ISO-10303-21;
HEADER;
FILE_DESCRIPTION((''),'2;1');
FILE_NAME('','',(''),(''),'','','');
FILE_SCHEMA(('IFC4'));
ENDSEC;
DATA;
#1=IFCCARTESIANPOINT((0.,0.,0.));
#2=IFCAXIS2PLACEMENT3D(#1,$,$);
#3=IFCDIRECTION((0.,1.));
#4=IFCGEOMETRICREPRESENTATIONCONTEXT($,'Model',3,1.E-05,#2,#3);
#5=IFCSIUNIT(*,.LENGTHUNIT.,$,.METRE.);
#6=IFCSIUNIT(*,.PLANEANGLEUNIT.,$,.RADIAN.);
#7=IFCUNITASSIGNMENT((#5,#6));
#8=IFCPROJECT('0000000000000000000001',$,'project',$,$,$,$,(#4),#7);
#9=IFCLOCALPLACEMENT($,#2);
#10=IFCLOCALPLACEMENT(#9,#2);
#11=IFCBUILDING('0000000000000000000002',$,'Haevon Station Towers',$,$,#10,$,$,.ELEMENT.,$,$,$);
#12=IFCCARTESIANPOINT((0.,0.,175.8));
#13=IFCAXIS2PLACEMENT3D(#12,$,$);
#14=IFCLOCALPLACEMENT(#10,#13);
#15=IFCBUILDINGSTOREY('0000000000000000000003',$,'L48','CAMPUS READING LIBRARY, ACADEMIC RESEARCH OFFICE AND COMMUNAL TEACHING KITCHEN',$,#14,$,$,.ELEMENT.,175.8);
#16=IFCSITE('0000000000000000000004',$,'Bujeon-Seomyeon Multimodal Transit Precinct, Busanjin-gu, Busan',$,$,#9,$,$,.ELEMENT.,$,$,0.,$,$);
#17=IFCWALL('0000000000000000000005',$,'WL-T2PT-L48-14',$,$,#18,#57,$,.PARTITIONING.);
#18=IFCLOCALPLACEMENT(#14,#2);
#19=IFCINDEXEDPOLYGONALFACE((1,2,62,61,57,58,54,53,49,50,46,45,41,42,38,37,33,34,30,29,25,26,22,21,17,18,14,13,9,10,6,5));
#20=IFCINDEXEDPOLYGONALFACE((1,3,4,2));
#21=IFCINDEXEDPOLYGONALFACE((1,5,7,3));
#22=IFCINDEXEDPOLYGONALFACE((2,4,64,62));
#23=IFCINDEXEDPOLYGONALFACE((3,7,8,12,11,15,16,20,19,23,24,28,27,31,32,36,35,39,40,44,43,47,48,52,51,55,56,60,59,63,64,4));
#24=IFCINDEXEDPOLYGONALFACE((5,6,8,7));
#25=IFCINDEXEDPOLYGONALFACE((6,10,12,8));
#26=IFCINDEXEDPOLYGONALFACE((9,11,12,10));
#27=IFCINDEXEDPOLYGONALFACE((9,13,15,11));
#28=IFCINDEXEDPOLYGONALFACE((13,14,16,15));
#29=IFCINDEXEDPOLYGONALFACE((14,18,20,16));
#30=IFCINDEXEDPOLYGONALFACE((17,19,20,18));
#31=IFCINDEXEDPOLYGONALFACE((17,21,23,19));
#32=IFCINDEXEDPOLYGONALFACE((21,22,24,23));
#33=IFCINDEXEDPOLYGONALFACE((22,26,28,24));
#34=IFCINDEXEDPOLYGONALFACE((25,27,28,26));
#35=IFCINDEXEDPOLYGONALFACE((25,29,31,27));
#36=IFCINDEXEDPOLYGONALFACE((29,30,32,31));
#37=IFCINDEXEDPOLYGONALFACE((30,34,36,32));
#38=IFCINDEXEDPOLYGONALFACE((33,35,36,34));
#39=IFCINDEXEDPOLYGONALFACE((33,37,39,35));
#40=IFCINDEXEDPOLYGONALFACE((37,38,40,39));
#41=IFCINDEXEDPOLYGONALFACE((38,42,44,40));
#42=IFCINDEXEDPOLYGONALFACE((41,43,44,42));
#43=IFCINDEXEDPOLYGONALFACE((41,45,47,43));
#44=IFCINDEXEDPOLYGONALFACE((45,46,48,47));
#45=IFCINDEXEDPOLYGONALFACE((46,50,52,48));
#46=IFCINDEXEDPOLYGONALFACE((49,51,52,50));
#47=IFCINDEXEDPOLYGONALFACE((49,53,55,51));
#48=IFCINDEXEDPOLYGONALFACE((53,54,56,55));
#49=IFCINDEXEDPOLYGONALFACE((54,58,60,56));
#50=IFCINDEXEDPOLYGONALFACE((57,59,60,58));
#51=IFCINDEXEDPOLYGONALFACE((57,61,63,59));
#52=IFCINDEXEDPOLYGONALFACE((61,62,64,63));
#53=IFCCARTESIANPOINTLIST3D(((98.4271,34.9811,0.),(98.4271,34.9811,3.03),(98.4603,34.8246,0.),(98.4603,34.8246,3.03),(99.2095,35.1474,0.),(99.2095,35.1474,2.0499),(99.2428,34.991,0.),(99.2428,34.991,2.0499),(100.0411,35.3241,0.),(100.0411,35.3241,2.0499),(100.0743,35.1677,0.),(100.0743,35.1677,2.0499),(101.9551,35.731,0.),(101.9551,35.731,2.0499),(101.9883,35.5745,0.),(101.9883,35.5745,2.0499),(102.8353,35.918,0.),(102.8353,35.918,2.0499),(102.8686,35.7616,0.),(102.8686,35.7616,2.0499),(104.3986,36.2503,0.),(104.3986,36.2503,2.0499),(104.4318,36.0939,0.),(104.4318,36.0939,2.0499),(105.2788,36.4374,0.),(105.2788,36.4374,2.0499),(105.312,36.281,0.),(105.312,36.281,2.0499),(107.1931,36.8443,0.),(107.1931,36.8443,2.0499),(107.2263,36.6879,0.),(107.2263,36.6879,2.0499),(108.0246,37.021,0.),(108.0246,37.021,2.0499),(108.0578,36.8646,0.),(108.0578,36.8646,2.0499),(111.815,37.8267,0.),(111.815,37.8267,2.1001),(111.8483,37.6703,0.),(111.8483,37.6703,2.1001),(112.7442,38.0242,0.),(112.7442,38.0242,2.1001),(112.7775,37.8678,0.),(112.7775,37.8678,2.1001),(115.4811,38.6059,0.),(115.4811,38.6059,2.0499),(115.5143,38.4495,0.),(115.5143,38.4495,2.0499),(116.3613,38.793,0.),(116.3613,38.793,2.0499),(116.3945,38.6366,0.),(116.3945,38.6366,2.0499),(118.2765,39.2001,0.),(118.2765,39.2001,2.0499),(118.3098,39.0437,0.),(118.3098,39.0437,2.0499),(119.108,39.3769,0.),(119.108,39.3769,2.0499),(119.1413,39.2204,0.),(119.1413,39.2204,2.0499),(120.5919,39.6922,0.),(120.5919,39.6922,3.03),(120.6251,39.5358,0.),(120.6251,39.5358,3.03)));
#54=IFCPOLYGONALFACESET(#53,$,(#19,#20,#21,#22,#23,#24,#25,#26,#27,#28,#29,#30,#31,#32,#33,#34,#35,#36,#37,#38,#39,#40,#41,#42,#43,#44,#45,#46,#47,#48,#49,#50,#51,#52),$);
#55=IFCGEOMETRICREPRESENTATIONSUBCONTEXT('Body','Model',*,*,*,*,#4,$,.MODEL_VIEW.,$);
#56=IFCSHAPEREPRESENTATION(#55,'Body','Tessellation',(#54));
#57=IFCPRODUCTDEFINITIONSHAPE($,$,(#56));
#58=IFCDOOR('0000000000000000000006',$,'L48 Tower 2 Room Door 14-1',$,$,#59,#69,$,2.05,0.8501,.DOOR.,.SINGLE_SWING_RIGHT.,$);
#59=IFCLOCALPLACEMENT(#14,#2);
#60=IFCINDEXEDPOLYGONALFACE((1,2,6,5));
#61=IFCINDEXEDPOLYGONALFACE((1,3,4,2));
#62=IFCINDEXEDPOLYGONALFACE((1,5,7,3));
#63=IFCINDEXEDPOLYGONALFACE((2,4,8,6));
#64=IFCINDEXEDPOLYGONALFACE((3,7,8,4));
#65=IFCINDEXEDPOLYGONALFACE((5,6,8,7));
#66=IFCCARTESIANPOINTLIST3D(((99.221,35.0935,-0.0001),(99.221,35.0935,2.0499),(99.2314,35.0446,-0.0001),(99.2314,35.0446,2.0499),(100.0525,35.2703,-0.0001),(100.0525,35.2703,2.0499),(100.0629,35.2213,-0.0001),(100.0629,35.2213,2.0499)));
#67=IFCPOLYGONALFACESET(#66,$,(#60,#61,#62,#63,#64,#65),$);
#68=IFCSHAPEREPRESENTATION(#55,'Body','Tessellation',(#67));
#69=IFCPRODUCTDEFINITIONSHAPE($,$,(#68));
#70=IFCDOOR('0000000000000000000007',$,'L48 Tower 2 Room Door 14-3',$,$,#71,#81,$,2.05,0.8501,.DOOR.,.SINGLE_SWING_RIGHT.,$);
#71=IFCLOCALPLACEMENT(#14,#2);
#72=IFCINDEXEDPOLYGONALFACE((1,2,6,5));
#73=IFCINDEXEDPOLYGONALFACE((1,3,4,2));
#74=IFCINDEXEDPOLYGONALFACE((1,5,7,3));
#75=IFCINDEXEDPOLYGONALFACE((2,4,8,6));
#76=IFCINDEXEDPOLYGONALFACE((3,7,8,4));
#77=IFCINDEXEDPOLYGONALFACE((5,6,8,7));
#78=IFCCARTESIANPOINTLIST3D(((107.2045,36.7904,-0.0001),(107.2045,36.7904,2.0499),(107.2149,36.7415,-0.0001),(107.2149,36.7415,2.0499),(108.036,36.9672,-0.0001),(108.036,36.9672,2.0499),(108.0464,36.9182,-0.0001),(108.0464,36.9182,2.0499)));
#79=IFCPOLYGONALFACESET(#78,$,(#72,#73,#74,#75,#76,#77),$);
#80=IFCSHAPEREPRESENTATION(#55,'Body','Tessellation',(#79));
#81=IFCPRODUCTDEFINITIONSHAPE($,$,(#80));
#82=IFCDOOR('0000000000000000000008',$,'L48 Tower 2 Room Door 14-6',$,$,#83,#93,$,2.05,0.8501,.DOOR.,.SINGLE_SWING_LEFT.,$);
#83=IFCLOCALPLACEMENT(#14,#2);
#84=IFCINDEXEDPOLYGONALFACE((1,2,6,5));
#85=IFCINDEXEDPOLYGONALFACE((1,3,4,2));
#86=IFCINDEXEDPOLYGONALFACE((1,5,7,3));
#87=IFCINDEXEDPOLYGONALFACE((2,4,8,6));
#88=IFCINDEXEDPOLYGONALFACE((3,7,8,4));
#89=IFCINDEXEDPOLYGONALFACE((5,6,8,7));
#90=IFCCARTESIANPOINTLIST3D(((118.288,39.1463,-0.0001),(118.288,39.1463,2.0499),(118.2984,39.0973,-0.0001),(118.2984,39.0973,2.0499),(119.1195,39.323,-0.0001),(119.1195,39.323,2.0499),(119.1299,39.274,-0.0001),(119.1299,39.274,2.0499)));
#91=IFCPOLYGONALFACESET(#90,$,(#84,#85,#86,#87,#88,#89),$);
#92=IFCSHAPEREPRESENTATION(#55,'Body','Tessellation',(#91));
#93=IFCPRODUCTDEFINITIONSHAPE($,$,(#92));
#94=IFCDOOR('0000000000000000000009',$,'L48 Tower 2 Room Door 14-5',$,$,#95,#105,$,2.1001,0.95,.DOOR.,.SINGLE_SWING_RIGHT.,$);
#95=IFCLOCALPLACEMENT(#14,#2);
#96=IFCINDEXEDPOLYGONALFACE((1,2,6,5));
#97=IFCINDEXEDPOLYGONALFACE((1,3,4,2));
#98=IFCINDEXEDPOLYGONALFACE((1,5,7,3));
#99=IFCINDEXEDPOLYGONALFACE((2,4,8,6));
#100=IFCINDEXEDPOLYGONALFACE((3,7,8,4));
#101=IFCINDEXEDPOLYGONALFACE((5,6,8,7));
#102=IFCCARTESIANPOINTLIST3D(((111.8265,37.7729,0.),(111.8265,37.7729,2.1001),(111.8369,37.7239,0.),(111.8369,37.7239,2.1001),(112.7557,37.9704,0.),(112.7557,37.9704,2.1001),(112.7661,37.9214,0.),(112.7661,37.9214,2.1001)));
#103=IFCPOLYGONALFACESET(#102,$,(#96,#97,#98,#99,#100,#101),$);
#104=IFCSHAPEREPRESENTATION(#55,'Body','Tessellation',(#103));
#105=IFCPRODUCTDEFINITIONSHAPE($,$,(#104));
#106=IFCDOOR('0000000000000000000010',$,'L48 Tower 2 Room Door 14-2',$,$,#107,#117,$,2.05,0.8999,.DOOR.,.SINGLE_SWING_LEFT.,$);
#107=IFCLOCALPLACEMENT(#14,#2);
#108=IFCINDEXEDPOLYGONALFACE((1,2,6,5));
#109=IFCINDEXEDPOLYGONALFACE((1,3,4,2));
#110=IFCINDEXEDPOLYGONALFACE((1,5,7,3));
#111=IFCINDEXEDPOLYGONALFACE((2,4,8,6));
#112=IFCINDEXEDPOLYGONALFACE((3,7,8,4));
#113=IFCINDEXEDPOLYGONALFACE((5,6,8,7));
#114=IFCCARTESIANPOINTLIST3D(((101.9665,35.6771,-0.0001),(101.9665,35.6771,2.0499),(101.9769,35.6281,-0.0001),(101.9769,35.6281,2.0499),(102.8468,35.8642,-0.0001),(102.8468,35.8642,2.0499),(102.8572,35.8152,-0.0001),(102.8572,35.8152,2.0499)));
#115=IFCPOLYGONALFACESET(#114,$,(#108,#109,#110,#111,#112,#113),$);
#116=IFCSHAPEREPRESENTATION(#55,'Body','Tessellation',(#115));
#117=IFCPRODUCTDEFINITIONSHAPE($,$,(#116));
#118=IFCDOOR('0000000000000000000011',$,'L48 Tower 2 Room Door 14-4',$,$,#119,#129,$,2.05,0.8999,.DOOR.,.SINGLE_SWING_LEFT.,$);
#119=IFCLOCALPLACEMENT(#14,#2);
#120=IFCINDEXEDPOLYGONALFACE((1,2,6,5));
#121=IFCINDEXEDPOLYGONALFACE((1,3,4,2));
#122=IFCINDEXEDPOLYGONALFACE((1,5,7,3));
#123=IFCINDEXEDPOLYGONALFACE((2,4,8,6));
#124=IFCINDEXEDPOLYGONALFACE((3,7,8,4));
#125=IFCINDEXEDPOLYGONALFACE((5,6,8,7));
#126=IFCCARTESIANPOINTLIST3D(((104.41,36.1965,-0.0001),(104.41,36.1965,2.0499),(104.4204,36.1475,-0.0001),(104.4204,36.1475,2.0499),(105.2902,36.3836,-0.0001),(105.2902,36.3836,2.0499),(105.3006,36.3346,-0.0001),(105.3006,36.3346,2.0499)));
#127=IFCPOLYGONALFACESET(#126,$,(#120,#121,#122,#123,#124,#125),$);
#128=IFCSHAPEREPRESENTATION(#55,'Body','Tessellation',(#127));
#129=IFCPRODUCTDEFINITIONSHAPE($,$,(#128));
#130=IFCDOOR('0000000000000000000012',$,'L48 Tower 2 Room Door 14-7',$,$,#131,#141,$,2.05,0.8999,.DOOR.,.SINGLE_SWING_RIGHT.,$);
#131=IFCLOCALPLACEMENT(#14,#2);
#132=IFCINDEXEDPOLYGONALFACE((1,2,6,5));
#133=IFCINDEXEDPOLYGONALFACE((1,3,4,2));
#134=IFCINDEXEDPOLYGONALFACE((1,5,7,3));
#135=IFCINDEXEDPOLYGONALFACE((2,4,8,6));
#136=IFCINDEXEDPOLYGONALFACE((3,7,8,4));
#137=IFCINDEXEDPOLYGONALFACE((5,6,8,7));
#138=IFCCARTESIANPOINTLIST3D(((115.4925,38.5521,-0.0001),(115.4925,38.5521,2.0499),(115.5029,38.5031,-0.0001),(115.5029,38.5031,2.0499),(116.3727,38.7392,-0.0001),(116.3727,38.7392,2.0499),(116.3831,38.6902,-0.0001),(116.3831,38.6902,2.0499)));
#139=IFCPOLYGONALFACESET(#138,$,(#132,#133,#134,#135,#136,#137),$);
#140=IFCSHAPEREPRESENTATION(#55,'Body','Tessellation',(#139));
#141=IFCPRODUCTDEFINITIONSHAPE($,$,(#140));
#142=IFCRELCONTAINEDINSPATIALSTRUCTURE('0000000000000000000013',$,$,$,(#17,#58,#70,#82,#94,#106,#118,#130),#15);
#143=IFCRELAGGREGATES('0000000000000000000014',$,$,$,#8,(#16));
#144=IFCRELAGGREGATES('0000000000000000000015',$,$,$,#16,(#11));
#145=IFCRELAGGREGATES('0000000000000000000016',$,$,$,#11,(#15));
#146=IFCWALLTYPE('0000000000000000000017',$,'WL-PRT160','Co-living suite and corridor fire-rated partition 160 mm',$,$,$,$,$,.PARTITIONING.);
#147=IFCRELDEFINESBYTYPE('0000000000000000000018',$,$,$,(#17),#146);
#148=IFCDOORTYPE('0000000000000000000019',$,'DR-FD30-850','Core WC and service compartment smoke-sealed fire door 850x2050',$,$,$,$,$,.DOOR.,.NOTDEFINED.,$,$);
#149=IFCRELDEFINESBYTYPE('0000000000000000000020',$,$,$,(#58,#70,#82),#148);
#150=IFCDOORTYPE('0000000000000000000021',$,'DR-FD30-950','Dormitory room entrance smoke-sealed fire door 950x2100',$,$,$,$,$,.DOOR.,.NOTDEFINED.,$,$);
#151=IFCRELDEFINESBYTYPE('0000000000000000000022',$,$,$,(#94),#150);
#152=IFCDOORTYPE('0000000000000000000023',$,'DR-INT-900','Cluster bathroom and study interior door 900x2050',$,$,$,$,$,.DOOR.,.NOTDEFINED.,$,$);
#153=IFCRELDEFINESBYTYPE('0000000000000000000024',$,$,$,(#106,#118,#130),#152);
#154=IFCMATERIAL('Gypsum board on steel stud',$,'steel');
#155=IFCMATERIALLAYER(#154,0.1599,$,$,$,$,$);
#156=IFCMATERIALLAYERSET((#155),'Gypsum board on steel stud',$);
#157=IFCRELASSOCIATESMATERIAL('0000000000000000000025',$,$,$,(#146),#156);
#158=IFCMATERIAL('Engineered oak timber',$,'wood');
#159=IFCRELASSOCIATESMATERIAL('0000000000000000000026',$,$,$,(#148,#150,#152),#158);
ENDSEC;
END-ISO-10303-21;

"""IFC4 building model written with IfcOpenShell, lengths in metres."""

from ifc_helpers import new_model, si_unit, direction, frame, frame_2d, origin, place, context, subcontext, project, spatial, rectangle, extrude, material, layer, layer_set, type_object, element, fill, save


model = new_model("IFC4")

# Units and contexts
model_context = context("Model", 3, precision=1e-05, world=origin(), true_north=direction((0.0, 1.0)))
body_context = subcontext(model_context, "Body", "Model", "MODEL_VIEW")
ifc_project = project(units=[si_unit("LENGTHUNIT", "METRE"), si_unit("PLANEANGLEUNIT", "RADIAN")], contexts=[model_context])

# Site, building, storey
site_placement = place(None, origin())
site = spatial("IfcSite", under=ifc_project, at=site_placement, Name="Bujeon-Seomyeon Multimodal Transit Precinct, Busanjin-gu, Busan", CompositionType="ELEMENT", RefElevation=0.0)
building_placement = place(site_placement, origin())
building = spatial("IfcBuilding", under=site, at=building_placement, Name="Haevon Station Towers", CompositionType="ELEMENT")
storey_placement = place(building_placement, frame((0.0, 0.0, 175.8)))
storey = spatial("IfcBuildingStorey", under=building, at=storey_placement, Name="L48", Description="CAMPUS READING LIBRARY, ACADEMIC RESEARCH OFFICE AND COMMUNAL TEACHING KITCHEN", CompositionType="ELEMENT", Elevation=175.8)

# Shared definitions
ifc_material_1 = material(Name="Gypsum board on steel stud", Category="steel")
ifc_material_2 = material(Name="Engineered oak timber", Category="wood")

# Shared definitions
ifc_layer_1 = layer(ifc_material_1, 0.1599)
ifc_layer_set_1 = layer_set([ifc_layer_1], Name="Gypsum board on steel stud")
wall_type_1 = type_object("IfcWallType", Name="WL-PRT160", Description="Co-living suite and corridor fire-rated partition 160 mm", PredefinedType="PARTITIONING", material=ifc_layer_set_1)

# Wall, openings, doors
wall_1_placement = place(storey_placement, frame((98.4436, 34.9028, 0.0), z_axis=(0.0, 0.0, 1.0), x_axis=(0.978148, 0.207908, 0.0)))
wall_1 = element("IfcWall", 1, at=wall_1_placement, inside=storey, type_object=wall_type_1, Name="WL-T2PT-L48-14", PredefinedType="PARTITIONING", context=body_context, shape_type="SweptSolid", body=[
    extrude(rectangle(XDim=22.6599, YDim=0.1599, at=frame_2d((11.3301, 0.0))), origin(), (0.0, 0.0, 1.0), 3.03),
])
opening_1_placement = place(wall_1_placement, frame((0.8, 0.0, 0.0)))
opening_1 = element("IfcOpeningElement", 2, at=opening_1_placement, cuts=wall_1, PredefinedType="OPENING", context=body_context, shape_type="SweptSolid", body=[
    extrude(rectangle(XDim=0.8501, YDim=2.05, at=frame_2d((0.425, 1.0249))), frame((0.0, 0.0898, 0.0), z_axis=(0.0, -1.0, 0.0), x_axis=(1.0, 0.0, 0.0)), (0.0, 0.0, 1.0), 0.1799),
])
opening_2_placement = place(wall_1_placement, frame((3.6069, 0.0, 0.0)))
opening_2 = element("IfcOpeningElement", 3, at=opening_2_placement, cuts=wall_1, PredefinedType="OPENING", context=body_context, shape_type="SweptSolid", body=[
    extrude(rectangle(XDim=0.8999, YDim=2.05, at=frame_2d((0.45, 1.0249))), frame((0.0, 0.0898, 0.0), z_axis=(0.0, -1.0, 0.0), x_axis=(1.0, 0.0, 0.0)), (0.0, 0.0, 1.0), 0.1799),
])
opening_3_placement = place(wall_1_placement, frame((8.9619, 0.0, 0.0)))
opening_3 = element("IfcOpeningElement", 4, at=opening_3_placement, cuts=wall_1, PredefinedType="OPENING", context=body_context, shape_type="SweptSolid", body=[
    extrude(rectangle(XDim=0.8501, YDim=2.05, at=frame_2d((0.425, 1.0249))), frame((0.0, 0.0898, 0.0), z_axis=(0.0, -1.0, 0.0), x_axis=(1.0, 0.0, 0.0)), (0.0, 0.0, 1.0), 0.1799),
])
opening_4_placement = place(wall_1_placement, frame((6.105, 0.0, 0.0)))
opening_4 = element("IfcOpeningElement", 5, at=opening_4_placement, cuts=wall_1, PredefinedType="OPENING", context=body_context, shape_type="SweptSolid", body=[
    extrude(rectangle(XDim=0.8999, YDim=2.05, at=frame_2d((0.45, 1.0249))), frame((0.0, 0.0898, 0.0), z_axis=(0.0, -1.0, 0.0), x_axis=(1.0, 0.0, 0.0)), (0.0, 0.0, 1.0), 0.1799),
])
opening_5_placement = place(wall_1_placement, frame((13.687, 0.0, 0.0)))
opening_5 = element("IfcOpeningElement", 6, at=opening_5_placement, cuts=wall_1, PredefinedType="OPENING", context=body_context, shape_type="SweptSolid", body=[
    extrude(rectangle(XDim=0.95, YDim=2.1001, at=frame_2d((0.4751, 1.05))), frame((0.0, 0.0898, 0.0), z_axis=(0.0, -1.0, 0.0), x_axis=(1.0, 0.0, 0.0)), (0.0, 0.0, 1.0), 0.1799),
])
opening_6_placement = place(wall_1_placement, frame((20.293, 0.0, 0.0)))
opening_6 = element("IfcOpeningElement", 7, at=opening_6_placement, cuts=wall_1, PredefinedType="OPENING", context=body_context, shape_type="SweptSolid", body=[
    extrude(rectangle(XDim=0.8501, YDim=2.05, at=frame_2d((0.425, 1.0249))), frame((0.0, 0.0898, 0.0), z_axis=(0.0, -1.0, 0.0), x_axis=(1.0, 0.0, 0.0)), (0.0, 0.0, 1.0), 0.1799),
])
opening_7_placement = place(wall_1_placement, frame((17.4351, 0.0, 0.0)))
opening_7 = element("IfcOpeningElement", 8, at=opening_7_placement, cuts=wall_1, PredefinedType="OPENING", context=body_context, shape_type="SweptSolid", body=[
    extrude(rectangle(XDim=0.8999, YDim=2.05, at=frame_2d((0.45, 1.0249))), frame((0.0, 0.0898, 0.0), z_axis=(0.0, -1.0, 0.0), x_axis=(1.0, 0.0, 0.0)), (0.0, 0.0, 1.0), 0.1799),
])
door_type_1 = type_object("IfcDoorType", Name="DR-FD30-850", Description="Core WC and service compartment smoke-sealed fire door 850x2050", OperationType="NOTDEFINED", PredefinedType="DOOR", material=ifc_material_2)
door_1_placement = place(opening_1_placement, origin())
door_1 = element("IfcDoor", 9, at=door_1_placement, inside=storey, type_object=door_type_1, Name="L48 Tower 2 Room Door 14-1", OperationType="SINGLE_SWING_RIGHT", OverallHeight=2.05, OverallWidth=0.8501, PredefinedType="DOOR", context=body_context, shape_type="SweptSolid", body=[
    extrude(rectangle(XDim=0.8501, YDim=2.05, at=frame_2d((0.425, 1.0249))), frame((0.0, 0.0249, 0.0), z_axis=(0.0, -1.0, 0.0), x_axis=(1.0, 0.0, 0.0)), (0.0, 0.0, 1.0), 0.05),
])
fill(opening_1, door_1)
door_2_placement = place(opening_3_placement, origin())
door_2 = element("IfcDoor", 10, at=door_2_placement, inside=storey, type_object=door_type_1, Name="L48 Tower 2 Room Door 14-3", OperationType="SINGLE_SWING_RIGHT", OverallHeight=2.05, OverallWidth=0.8501, PredefinedType="DOOR", context=body_context, shape_type="SweptSolid", body=[
    extrude(rectangle(XDim=0.8501, YDim=2.05, at=frame_2d((0.425, 1.0249))), frame((0.0, 0.0249, 0.0), z_axis=(0.0, -1.0, 0.0), x_axis=(1.0, 0.0, 0.0)), (0.0, 0.0, 1.0), 0.05),
])
fill(opening_3, door_2)
door_3_placement = place(opening_6_placement, origin())
door_3 = element("IfcDoor", 11, at=door_3_placement, inside=storey, type_object=door_type_1, Name="L48 Tower 2 Room Door 14-6", OperationType="SINGLE_SWING_LEFT", OverallHeight=2.05, OverallWidth=0.8501, PredefinedType="DOOR", context=body_context, shape_type="SweptSolid", body=[
    extrude(rectangle(XDim=0.8501, YDim=2.05, at=frame_2d((0.425, 1.0249))), frame((0.0, 0.0249, 0.0), z_axis=(0.0, -1.0, 0.0), x_axis=(1.0, 0.0, 0.0)), (0.0, 0.0, 1.0), 0.05),
])
fill(opening_6, door_3)
door_type_2 = type_object("IfcDoorType", Name="DR-FD30-950", Description="Dormitory room entrance smoke-sealed fire door 950x2100", OperationType="NOTDEFINED", PredefinedType="DOOR", material=ifc_material_2)
door_4_placement = place(opening_5_placement, origin())
door_4 = element("IfcDoor", 12, at=door_4_placement, inside=storey, type_object=door_type_2, Name="L48 Tower 2 Room Door 14-5", OperationType="SINGLE_SWING_RIGHT", OverallHeight=2.1001, OverallWidth=0.95, PredefinedType="DOOR", context=body_context, shape_type="SweptSolid", body=[
    extrude(rectangle(XDim=0.95, YDim=2.1001, at=frame_2d((0.4751, 1.05))), frame((0.0, 0.0249, 0.0), z_axis=(0.0, -1.0, 0.0), x_axis=(1.0, 0.0, 0.0)), (0.0, 0.0, 1.0), 0.05),
])
fill(opening_5, door_4)
door_type_3 = type_object("IfcDoorType", Name="DR-INT-900", Description="Cluster bathroom and study interior door 900x2050", OperationType="NOTDEFINED", PredefinedType="DOOR", material=ifc_material_2)
door_5_placement = place(opening_2_placement, origin())
door_5 = element("IfcDoor", 13, at=door_5_placement, inside=storey, type_object=door_type_3, Name="L48 Tower 2 Room Door 14-2", OperationType="SINGLE_SWING_LEFT", OverallHeight=2.05, OverallWidth=0.8999, PredefinedType="DOOR", context=body_context, shape_type="SweptSolid", body=[
    extrude(rectangle(XDim=0.8999, YDim=2.05, at=frame_2d((0.45, 1.0249))), frame((0.0, 0.0249, 0.0), z_axis=(0.0, -1.0, 0.0), x_axis=(1.0, 0.0, 0.0)), (0.0, 0.0, 1.0), 0.05),
])
fill(opening_2, door_5)
door_6_placement = place(opening_4_placement, origin())
door_6 = element("IfcDoor", 14, at=door_6_placement, inside=storey, type_object=door_type_3, Name="L48 Tower 2 Room Door 14-4", OperationType="SINGLE_SWING_LEFT", OverallHeight=2.05, OverallWidth=0.8999, PredefinedType="DOOR", context=body_context, shape_type="SweptSolid", body=[
    extrude(rectangle(XDim=0.8999, YDim=2.05, at=frame_2d((0.45, 1.0249))), frame((0.0, 0.0249, 0.0), z_axis=(0.0, -1.0, 0.0), x_axis=(1.0, 0.0, 0.0)), (0.0, 0.0, 1.0), 0.05),
])
fill(opening_4, door_6)
door_7_placement = place(opening_7_placement, origin())
door_7 = element("IfcDoor", 15, at=door_7_placement, inside=storey, type_object=door_type_3, Name="L48 Tower 2 Room Door 14-7", OperationType="SINGLE_SWING_RIGHT", OverallHeight=2.05, OverallWidth=0.8999, PredefinedType="DOOR", context=body_context, shape_type="SweptSolid", body=[
    extrude(rectangle(XDim=0.8999, YDim=2.05, at=frame_2d((0.45, 1.0249))), frame((0.0, 0.0249, 0.0), z_axis=(0.0, -1.0, 0.0), x_axis=(1.0, 0.0, 0.0)), (0.0, 0.0, 1.0), 0.05),
])
fill(opening_7, door_7)

save(model, "model.ifc")
